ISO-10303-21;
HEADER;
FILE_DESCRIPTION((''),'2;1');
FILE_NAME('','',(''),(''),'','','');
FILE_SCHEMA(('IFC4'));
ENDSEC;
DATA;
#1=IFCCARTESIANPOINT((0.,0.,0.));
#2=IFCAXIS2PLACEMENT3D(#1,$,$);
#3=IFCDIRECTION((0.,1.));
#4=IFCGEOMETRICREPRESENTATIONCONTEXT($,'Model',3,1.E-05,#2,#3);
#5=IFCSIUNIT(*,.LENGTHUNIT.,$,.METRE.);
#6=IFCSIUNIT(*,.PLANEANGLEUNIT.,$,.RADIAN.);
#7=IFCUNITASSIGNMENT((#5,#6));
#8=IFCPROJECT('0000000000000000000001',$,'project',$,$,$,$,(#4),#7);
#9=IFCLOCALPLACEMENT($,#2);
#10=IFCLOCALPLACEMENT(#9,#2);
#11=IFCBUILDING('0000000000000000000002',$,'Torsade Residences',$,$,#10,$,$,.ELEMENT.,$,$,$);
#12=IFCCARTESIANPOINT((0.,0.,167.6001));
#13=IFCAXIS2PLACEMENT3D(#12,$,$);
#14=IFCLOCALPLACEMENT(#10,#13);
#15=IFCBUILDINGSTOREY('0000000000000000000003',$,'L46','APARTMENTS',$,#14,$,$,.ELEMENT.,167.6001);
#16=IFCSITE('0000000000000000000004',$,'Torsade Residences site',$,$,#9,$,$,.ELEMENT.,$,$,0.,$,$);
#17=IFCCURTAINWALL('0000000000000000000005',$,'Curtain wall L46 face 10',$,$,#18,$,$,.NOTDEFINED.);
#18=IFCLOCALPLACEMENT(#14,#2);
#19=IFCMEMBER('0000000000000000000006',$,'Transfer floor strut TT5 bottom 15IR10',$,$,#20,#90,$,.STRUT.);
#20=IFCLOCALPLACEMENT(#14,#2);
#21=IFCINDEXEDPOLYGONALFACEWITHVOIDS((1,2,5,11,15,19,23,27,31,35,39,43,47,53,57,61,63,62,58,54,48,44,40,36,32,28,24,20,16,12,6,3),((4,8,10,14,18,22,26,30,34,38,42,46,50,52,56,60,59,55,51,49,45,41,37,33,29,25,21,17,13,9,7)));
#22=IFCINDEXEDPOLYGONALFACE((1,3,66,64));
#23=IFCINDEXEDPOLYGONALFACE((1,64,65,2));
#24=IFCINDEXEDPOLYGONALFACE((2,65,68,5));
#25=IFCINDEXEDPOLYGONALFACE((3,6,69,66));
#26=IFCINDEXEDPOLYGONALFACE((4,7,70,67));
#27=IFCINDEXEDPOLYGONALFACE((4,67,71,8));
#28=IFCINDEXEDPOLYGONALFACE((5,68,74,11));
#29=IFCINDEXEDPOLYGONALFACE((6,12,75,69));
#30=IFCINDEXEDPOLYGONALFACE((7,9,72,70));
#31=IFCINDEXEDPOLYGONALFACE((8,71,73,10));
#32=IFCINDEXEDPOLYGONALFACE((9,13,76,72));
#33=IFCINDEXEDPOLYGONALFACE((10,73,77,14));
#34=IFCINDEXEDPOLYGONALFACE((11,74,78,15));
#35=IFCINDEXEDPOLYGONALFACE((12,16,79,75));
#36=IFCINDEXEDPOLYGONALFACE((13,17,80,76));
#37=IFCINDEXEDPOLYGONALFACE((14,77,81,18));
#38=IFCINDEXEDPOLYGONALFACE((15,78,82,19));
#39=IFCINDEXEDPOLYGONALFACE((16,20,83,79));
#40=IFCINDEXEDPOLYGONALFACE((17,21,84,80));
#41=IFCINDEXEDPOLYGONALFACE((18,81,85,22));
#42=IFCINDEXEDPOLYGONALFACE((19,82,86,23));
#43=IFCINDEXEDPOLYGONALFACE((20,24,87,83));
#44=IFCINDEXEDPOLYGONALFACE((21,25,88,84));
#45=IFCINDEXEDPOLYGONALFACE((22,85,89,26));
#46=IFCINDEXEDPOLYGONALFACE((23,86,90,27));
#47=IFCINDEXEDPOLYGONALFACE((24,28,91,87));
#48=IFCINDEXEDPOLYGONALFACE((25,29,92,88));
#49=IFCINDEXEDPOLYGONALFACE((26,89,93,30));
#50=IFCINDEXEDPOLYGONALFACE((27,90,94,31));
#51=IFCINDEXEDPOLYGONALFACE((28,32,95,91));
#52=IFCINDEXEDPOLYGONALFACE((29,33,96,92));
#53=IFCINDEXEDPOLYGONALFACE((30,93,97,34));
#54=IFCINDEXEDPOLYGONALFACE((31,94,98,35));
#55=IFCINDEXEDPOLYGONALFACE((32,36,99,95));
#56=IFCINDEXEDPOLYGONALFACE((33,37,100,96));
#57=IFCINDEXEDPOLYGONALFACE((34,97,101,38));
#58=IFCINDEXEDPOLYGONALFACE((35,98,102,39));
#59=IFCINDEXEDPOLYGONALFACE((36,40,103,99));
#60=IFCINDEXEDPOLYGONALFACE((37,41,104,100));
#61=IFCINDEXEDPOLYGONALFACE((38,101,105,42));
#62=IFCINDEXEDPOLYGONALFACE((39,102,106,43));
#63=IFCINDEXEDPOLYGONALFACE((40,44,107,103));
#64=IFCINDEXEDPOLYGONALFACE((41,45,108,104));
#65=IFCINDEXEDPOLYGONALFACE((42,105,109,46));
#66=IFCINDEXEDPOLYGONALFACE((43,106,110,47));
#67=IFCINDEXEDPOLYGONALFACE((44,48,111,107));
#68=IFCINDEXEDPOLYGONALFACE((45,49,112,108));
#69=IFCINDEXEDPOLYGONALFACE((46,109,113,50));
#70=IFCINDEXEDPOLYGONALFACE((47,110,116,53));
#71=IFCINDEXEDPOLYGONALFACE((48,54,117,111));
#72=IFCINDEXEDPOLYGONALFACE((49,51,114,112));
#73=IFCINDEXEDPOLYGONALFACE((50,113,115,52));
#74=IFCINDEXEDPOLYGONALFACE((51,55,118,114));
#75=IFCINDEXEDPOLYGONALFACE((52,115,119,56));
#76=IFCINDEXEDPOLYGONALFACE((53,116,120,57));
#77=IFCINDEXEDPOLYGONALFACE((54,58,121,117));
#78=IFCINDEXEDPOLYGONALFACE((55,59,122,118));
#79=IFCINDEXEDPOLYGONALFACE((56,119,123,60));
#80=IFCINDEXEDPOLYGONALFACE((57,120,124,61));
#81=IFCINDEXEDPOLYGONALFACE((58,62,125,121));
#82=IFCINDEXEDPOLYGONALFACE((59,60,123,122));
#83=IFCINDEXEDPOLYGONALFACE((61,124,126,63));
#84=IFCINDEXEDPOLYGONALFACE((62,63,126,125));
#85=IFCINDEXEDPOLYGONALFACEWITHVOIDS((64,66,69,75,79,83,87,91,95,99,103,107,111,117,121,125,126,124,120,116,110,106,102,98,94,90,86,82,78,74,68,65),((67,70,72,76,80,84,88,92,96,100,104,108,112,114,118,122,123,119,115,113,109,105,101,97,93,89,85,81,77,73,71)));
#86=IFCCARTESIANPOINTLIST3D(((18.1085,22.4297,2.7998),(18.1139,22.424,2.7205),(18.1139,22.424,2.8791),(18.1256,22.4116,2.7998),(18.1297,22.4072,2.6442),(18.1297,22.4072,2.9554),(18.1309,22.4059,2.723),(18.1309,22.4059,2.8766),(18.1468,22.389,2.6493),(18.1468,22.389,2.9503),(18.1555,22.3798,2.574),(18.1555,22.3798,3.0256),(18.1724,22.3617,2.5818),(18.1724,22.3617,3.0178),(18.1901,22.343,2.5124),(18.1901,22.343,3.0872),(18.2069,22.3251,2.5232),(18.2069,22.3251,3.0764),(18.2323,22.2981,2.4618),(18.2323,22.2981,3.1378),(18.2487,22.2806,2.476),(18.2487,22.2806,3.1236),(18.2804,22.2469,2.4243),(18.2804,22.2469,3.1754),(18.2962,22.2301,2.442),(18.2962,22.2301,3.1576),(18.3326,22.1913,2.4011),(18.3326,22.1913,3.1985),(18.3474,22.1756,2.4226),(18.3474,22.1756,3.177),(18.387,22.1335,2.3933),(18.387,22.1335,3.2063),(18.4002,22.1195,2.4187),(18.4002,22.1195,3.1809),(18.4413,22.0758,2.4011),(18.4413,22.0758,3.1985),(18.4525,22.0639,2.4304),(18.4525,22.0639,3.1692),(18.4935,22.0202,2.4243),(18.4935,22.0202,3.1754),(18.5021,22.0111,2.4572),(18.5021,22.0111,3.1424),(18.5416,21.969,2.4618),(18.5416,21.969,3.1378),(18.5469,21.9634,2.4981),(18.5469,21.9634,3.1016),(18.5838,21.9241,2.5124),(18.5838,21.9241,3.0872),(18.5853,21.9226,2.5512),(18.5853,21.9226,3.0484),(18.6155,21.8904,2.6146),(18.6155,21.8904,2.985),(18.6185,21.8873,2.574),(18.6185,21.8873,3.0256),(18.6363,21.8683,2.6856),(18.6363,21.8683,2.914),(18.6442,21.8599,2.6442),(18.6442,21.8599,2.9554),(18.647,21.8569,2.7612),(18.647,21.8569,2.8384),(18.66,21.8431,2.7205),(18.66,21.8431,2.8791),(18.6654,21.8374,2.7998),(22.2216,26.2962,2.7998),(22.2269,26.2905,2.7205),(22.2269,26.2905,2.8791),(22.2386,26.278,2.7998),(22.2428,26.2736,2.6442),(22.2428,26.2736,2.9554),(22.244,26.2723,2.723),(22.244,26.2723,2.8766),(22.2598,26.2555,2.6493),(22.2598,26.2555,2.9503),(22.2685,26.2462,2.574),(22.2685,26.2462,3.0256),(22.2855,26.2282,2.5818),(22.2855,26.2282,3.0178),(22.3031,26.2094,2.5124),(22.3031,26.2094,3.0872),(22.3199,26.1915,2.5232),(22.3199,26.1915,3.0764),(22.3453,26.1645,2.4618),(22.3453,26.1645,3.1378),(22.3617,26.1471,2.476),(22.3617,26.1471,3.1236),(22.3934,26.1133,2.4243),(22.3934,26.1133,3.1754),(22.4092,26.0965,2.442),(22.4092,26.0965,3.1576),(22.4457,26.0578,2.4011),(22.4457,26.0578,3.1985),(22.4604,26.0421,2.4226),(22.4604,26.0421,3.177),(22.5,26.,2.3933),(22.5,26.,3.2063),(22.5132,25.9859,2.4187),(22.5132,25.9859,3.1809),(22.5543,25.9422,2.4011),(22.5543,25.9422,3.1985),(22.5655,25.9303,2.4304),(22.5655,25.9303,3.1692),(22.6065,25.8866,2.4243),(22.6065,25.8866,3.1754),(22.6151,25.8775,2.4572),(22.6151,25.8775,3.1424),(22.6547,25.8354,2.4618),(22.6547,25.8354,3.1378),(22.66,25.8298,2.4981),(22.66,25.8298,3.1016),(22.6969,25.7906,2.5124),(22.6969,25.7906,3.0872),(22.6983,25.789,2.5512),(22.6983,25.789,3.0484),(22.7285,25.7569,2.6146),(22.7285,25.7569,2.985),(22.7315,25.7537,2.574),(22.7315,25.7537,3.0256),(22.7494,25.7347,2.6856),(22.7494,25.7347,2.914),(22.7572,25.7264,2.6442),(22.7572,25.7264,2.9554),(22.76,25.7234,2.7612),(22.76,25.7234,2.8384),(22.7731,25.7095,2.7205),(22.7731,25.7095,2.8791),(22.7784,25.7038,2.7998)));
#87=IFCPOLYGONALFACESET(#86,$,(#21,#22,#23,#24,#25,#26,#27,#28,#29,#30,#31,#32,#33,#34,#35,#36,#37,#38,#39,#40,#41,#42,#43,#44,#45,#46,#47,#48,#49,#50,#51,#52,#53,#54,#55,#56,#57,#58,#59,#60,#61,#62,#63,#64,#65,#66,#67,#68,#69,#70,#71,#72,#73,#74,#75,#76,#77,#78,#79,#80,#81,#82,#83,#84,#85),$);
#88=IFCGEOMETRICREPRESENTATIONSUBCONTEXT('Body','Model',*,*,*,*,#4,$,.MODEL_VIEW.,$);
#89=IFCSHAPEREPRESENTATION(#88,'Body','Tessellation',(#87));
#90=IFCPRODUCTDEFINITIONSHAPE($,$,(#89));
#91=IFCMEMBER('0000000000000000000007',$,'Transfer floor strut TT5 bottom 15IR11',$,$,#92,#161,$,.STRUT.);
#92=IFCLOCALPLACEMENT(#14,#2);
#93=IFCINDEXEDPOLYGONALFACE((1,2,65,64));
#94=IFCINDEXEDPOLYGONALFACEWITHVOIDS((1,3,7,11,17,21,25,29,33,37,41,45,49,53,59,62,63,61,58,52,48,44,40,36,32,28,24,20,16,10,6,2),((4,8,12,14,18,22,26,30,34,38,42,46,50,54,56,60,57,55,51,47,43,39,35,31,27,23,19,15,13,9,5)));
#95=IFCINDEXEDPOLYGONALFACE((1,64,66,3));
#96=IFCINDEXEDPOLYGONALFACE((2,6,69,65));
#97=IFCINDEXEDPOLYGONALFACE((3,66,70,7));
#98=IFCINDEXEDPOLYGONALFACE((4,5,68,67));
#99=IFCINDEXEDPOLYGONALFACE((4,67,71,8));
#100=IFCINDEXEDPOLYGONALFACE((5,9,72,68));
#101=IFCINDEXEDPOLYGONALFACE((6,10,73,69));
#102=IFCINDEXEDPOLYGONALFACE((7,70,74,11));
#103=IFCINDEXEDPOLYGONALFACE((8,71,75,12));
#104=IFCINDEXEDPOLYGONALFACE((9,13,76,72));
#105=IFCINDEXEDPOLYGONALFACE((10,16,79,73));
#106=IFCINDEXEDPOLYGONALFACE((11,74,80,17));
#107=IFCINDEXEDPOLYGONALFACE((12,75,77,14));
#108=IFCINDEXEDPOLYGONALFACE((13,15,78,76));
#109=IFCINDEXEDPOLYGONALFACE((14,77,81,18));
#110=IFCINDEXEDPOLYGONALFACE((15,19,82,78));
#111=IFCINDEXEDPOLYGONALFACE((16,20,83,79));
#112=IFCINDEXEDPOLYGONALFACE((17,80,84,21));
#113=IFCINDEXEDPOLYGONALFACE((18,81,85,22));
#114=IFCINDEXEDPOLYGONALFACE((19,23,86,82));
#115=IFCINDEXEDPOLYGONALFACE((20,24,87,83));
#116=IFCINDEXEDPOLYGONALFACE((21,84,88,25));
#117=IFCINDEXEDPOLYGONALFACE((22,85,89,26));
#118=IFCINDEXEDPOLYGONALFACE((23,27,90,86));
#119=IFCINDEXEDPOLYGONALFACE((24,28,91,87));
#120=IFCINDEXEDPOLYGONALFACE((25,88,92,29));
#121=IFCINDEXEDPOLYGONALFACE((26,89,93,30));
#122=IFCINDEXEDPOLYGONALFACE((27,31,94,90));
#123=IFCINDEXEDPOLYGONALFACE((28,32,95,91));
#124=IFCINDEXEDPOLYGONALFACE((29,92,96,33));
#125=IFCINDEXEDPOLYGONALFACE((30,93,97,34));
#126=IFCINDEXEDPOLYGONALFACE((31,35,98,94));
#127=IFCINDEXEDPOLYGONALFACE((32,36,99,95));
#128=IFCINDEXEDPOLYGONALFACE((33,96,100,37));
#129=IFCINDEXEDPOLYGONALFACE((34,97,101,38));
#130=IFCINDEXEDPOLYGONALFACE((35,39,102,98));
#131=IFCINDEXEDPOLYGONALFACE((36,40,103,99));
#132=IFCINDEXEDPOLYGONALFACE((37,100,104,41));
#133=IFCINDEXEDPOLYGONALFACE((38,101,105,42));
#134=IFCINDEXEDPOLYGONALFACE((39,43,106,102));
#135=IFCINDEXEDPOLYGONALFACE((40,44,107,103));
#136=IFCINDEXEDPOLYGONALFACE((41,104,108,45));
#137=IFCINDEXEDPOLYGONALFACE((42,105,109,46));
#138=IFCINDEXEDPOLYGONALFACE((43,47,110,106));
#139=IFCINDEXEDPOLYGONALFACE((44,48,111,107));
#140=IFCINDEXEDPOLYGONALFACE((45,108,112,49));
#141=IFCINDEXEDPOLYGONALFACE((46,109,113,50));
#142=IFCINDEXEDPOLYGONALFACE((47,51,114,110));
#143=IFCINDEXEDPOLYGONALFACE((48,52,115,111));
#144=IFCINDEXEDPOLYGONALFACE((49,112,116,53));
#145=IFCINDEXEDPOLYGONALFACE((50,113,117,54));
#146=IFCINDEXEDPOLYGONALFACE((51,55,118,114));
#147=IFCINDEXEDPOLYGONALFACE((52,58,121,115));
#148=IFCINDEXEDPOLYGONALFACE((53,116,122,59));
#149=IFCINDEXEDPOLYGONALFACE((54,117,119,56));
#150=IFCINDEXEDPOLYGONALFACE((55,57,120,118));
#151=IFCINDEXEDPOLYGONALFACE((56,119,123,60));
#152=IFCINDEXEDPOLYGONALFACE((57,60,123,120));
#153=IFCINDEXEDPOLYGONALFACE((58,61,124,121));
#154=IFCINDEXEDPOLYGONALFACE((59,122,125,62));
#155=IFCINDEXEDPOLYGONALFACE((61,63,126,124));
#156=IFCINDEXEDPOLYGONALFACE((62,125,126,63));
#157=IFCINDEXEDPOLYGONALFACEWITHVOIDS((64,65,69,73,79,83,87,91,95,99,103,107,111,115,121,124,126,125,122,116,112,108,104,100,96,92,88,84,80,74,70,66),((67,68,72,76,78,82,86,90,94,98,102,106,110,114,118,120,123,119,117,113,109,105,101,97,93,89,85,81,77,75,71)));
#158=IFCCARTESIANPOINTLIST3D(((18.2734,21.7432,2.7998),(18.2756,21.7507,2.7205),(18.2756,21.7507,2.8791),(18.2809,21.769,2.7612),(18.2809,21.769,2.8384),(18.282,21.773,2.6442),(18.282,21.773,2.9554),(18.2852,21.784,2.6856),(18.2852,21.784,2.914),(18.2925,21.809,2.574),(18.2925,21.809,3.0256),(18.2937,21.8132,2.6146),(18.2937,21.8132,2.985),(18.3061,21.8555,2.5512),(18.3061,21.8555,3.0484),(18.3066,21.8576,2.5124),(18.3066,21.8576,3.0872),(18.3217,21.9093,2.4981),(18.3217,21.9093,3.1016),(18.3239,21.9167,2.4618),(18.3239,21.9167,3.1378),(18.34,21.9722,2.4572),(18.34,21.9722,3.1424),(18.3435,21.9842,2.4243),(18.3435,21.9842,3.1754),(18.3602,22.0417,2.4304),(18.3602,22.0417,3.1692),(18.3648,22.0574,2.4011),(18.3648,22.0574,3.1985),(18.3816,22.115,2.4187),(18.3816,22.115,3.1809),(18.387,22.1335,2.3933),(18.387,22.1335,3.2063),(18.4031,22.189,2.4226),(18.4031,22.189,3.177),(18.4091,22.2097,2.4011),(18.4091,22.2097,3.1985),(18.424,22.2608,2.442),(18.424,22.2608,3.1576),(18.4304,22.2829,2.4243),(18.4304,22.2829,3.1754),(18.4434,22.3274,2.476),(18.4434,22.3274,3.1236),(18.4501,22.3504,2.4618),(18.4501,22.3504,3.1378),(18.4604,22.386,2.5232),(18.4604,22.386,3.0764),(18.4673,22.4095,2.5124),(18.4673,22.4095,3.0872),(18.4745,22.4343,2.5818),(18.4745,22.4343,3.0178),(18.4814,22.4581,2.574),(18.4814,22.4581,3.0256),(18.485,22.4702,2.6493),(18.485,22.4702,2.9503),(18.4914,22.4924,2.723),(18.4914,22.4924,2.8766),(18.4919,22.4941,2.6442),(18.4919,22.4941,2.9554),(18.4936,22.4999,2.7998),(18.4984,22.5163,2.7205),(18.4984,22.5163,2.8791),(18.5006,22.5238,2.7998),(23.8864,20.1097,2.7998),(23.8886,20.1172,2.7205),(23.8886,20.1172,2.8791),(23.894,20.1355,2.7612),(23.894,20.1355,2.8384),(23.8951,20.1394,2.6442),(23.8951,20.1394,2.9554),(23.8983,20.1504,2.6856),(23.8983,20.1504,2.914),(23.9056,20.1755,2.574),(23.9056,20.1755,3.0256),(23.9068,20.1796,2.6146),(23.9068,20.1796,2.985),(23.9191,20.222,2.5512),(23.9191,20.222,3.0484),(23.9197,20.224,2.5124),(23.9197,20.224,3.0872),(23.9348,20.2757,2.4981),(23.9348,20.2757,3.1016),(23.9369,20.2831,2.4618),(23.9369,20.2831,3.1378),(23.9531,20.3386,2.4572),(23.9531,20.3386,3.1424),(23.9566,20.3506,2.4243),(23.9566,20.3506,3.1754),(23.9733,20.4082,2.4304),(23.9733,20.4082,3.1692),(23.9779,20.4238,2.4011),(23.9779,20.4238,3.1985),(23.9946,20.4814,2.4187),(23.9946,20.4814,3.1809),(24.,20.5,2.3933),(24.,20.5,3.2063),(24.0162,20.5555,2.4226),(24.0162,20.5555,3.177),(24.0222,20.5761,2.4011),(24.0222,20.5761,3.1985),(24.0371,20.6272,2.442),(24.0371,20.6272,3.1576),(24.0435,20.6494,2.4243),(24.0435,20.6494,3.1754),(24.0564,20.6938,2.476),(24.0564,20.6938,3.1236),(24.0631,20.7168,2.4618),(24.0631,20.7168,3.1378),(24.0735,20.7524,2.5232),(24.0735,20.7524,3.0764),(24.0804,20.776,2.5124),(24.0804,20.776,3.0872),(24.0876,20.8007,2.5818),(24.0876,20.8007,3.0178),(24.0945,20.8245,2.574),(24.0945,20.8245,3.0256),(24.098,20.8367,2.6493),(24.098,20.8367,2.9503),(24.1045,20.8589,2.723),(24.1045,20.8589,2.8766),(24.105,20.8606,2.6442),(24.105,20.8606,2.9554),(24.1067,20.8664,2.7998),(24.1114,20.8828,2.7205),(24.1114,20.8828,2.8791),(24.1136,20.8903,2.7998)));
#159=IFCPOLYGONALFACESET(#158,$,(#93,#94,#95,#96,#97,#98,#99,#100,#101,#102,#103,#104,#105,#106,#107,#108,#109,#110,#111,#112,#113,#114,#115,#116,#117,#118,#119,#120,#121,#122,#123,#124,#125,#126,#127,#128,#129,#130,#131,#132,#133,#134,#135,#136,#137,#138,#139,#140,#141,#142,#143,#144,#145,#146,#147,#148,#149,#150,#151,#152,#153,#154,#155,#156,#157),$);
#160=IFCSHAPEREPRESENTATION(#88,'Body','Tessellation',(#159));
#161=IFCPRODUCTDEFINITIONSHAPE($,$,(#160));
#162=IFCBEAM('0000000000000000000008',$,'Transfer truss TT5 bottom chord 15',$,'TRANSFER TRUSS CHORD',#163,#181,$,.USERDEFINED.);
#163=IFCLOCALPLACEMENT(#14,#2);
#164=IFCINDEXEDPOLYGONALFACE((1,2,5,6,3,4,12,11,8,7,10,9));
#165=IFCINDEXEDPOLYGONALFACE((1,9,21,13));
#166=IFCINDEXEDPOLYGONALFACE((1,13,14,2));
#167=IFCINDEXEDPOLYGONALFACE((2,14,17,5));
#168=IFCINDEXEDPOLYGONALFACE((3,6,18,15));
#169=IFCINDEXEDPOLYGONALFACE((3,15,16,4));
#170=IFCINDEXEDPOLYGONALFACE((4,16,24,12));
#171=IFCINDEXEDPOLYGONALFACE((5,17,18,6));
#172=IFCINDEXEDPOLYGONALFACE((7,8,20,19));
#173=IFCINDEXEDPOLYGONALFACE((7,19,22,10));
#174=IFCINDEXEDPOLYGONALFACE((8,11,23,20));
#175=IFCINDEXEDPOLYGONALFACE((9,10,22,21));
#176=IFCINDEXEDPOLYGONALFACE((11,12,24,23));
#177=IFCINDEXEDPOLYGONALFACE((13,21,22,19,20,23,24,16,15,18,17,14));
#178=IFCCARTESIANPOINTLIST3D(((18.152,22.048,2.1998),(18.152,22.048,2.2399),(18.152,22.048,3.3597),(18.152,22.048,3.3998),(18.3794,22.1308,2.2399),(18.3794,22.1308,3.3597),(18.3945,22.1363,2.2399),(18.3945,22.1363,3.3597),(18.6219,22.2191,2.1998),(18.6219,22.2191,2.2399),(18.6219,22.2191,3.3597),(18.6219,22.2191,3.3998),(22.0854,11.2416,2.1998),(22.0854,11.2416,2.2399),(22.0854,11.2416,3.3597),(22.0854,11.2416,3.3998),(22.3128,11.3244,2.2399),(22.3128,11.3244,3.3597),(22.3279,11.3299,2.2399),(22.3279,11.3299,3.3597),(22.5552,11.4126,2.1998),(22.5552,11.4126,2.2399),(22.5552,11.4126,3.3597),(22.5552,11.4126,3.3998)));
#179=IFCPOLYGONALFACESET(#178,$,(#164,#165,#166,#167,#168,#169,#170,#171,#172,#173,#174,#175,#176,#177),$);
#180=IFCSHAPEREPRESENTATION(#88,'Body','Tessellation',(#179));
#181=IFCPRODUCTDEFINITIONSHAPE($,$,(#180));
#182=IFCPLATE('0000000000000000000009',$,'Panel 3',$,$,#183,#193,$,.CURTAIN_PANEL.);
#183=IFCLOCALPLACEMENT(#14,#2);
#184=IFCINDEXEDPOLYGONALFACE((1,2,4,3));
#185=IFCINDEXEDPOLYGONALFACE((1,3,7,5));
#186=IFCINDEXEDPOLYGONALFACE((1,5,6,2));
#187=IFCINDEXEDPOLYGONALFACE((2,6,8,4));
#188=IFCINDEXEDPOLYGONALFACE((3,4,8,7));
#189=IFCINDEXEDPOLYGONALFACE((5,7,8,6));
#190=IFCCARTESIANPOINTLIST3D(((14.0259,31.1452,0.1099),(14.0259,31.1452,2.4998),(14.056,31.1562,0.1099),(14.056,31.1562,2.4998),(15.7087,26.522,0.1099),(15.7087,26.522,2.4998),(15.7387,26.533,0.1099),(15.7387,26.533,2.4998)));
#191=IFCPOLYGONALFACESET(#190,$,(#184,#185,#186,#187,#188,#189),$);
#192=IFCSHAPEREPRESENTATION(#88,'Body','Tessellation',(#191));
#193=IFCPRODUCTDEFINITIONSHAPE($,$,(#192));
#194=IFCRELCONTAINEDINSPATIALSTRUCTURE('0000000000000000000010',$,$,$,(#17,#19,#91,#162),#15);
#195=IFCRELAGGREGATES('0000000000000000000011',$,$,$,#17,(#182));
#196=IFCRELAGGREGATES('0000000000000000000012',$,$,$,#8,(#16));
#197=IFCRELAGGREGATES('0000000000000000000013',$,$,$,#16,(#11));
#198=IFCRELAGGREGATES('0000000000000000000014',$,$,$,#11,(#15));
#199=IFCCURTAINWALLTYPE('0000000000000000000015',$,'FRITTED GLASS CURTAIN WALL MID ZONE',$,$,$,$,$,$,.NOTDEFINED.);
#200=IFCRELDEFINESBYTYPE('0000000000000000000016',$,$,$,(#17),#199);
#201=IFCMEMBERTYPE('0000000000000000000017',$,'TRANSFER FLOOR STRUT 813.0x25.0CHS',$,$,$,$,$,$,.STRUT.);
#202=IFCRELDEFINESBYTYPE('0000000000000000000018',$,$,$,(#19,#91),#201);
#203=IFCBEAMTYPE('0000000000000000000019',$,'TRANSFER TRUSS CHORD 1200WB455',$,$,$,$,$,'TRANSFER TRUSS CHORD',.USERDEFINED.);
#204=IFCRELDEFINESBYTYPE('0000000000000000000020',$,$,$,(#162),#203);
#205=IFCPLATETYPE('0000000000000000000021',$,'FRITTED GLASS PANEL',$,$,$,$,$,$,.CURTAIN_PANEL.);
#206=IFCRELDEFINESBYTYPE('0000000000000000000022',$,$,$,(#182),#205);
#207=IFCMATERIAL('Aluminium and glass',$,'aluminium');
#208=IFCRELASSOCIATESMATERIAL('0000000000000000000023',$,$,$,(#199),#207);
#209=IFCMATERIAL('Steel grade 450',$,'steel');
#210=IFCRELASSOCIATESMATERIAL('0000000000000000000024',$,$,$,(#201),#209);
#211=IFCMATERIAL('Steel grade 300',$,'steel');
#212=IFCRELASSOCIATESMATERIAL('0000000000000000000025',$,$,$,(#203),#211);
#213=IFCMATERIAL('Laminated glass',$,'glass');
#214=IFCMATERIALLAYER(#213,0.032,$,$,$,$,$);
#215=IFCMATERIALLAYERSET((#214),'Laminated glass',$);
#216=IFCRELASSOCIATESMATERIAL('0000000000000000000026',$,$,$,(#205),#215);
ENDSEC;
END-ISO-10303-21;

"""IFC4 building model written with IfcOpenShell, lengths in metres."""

from ifc_helpers import new_model, si_unit, direction, frame, origin, origin_2d, place, context, subcontext, project, spatial, rectangle, hollow_circle, i_section, extrude, material, layer, layer_set, material_profile, profile_set, type_object, element, aggregate, save


model = new_model("IFC4")

# Units and contexts
model_context = context("Model", 3, precision=1e-05, world=origin(), true_north=direction((0.0, 1.0)))
body_context = subcontext(model_context, "Body", "Model", "MODEL_VIEW")
ifc_project = project(units=[si_unit("LENGTHUNIT", "METRE"), si_unit("PLANEANGLEUNIT", "RADIAN")], contexts=[model_context])

# Site, building, storey
site_placement = place(None, origin())
site = spatial("IfcSite", under=ifc_project, at=site_placement, Name="Torsade Residences site", CompositionType="ELEMENT", RefElevation=0.0)
building_placement = place(site_placement, origin())
building = spatial("IfcBuilding", under=site, at=building_placement, Name="Torsade Residences", CompositionType="ELEMENT")
storey_placement = place(building_placement, frame((0.0, 0.0, 167.6001)))
storey = spatial("IfcBuildingStorey", under=building, at=storey_placement, Name="L46", Description="APARTMENTS", CompositionType="ELEMENT", Elevation=167.6001)

# Curtain wall
ifc_material_1 = material(Name="Aluminium and glass", Category="aluminium")
curtain_wall_type = type_object("IfcCurtainWallType", Name="FRITTED GLASS CURTAIN WALL MID ZONE", PredefinedType="NOTDEFINED", material=ifc_material_1)
curtain_wall_placement = place(storey_placement, origin())
curtain_wall = element("IfcCurtainWall", 1, at=curtain_wall_placement, inside=storey, type_object=curtain_wall_type, Name="Curtain wall L46 face 10", PredefinedType="NOTDEFINED")

# Members
ifc_material_2 = material(Name="Steel grade 450", Category="steel")
ifc_material_profile_1 = material_profile(ifc_material_2, hollow_circle(Radius=0.4065, WallThickness=0.0249, at=origin_2d()), Name="813.0x25.0CHS")
ifc_profile_set_1 = profile_set([ifc_material_profile_1], Name="Steel grade 450")
member_type_1 = type_object("IfcMemberType", Name="TRANSFER FLOOR STRUT 813.0x25.0CHS", PredefinedType="STRUT", material=ifc_profile_set_1)
member_1_placement = place(storey_placement, frame((18.387, 22.1335, 2.7998), z_axis=(0.72861, 0.684929, 0.0), x_axis=(-0.684929, 0.72861, 0.0)))
element("IfcMember", 2, at=member_1_placement, inside=storey, type_object=member_type_1, Name="Transfer floor strut TT5 bottom 15IR10", PredefinedType="STRUT", context=body_context, shape_type="SweptSolid", body=[
    extrude(hollow_circle(Radius=0.4065, WallThickness=0.0249, at=origin_2d()), origin(), (0.0, 0.0, 1.0), 5.645),
])
member_2_placement = place(storey_placement, frame((18.387, 22.1335, 2.7998), z_axis=(0.960165, -0.279434, 0.0), x_axis=(0.279434, 0.960165, 0.0)))
element("IfcMember", 3, at=member_2_placement, inside=storey, type_object=member_type_1, Name="Transfer floor strut TT5 bottom 15IR11", PredefinedType="STRUT", context=body_context, shape_type="SweptSolid", body=[
    extrude(hollow_circle(Radius=0.4065, WallThickness=0.0249, at=origin_2d()), origin(), (0.0, 0.0, 1.0), 5.8459),
])

# Beam
ifc_material_3 = material(Name="Steel grade 300", Category="steel")
ifc_material_profile_2 = material_profile(ifc_material_3, i_section(OverallWidth=0.5, OverallDepth=1.2, WebThickness=0.0161, FlangeThickness=0.04, at=origin_2d()), Name="1200WB455")
ifc_profile_set_2 = profile_set([ifc_material_profile_2], Name="Steel grade 300")
beam_type_1 = type_object("IfcBeamType", Name="TRANSFER TRUSS CHORD 1200WB455", ElementType="TRANSFER TRUSS CHORD", PredefinedType="USERDEFINED", material=ifc_profile_set_2)
beam_1_placement = place(storey_placement, frame((18.387, 22.1335, 2.7998), z_axis=(0.342031, -0.939689, 0.0), x_axis=(0.939689, 0.342031, 0.0)))
element("IfcBeam", 4, at=beam_1_placement, inside=storey, type_object=beam_type_1, Name="Transfer truss TT5 bottom chord 15", ObjectType="TRANSFER TRUSS CHORD", PredefinedType="USERDEFINED", context=body_context, shape_type="SweptSolid", body=[
    extrude(i_section(OverallWidth=0.5, OverallDepth=1.2, WebThickness=0.0161, FlangeThickness=0.04, at=origin_2d()), origin(), (0.0, 0.0, 1.0), 11.5),
])

# Plate
ifc_material_4 = material(Name="Laminated glass", Category="glass")
ifc_layer_1 = layer(ifc_material_4, 0.032)
ifc_layer_set_1 = layer_set([ifc_layer_1], Name="Laminated glass")
plate_type_1 = type_object("IfcPlateType", Name="FRITTED GLASS PANEL", PredefinedType="CURTAIN_PANEL", material=ifc_layer_set_1)
plate_1_placement = place(storey_placement, frame((14.8823, 28.8391, 0.1099), z_axis=(0.0, 0.0, 1.0), x_axis=(0.34202, -0.939693, 0.0)))
plate_1 = element("IfcPlate", 5, at=plate_1_placement, type_object=plate_type_1, Name="Panel 3", PredefinedType="CURTAIN_PANEL", context=body_context, shape_type="SweptSolid", body=[
    extrude(rectangle(XDim=4.9199, YDim=0.032, at=origin_2d()), origin(), (0.0, 0.0, 1.0), 2.3899),
])
aggregate(curtain_wall, [plate_1])

save(model, "model.ifc")
